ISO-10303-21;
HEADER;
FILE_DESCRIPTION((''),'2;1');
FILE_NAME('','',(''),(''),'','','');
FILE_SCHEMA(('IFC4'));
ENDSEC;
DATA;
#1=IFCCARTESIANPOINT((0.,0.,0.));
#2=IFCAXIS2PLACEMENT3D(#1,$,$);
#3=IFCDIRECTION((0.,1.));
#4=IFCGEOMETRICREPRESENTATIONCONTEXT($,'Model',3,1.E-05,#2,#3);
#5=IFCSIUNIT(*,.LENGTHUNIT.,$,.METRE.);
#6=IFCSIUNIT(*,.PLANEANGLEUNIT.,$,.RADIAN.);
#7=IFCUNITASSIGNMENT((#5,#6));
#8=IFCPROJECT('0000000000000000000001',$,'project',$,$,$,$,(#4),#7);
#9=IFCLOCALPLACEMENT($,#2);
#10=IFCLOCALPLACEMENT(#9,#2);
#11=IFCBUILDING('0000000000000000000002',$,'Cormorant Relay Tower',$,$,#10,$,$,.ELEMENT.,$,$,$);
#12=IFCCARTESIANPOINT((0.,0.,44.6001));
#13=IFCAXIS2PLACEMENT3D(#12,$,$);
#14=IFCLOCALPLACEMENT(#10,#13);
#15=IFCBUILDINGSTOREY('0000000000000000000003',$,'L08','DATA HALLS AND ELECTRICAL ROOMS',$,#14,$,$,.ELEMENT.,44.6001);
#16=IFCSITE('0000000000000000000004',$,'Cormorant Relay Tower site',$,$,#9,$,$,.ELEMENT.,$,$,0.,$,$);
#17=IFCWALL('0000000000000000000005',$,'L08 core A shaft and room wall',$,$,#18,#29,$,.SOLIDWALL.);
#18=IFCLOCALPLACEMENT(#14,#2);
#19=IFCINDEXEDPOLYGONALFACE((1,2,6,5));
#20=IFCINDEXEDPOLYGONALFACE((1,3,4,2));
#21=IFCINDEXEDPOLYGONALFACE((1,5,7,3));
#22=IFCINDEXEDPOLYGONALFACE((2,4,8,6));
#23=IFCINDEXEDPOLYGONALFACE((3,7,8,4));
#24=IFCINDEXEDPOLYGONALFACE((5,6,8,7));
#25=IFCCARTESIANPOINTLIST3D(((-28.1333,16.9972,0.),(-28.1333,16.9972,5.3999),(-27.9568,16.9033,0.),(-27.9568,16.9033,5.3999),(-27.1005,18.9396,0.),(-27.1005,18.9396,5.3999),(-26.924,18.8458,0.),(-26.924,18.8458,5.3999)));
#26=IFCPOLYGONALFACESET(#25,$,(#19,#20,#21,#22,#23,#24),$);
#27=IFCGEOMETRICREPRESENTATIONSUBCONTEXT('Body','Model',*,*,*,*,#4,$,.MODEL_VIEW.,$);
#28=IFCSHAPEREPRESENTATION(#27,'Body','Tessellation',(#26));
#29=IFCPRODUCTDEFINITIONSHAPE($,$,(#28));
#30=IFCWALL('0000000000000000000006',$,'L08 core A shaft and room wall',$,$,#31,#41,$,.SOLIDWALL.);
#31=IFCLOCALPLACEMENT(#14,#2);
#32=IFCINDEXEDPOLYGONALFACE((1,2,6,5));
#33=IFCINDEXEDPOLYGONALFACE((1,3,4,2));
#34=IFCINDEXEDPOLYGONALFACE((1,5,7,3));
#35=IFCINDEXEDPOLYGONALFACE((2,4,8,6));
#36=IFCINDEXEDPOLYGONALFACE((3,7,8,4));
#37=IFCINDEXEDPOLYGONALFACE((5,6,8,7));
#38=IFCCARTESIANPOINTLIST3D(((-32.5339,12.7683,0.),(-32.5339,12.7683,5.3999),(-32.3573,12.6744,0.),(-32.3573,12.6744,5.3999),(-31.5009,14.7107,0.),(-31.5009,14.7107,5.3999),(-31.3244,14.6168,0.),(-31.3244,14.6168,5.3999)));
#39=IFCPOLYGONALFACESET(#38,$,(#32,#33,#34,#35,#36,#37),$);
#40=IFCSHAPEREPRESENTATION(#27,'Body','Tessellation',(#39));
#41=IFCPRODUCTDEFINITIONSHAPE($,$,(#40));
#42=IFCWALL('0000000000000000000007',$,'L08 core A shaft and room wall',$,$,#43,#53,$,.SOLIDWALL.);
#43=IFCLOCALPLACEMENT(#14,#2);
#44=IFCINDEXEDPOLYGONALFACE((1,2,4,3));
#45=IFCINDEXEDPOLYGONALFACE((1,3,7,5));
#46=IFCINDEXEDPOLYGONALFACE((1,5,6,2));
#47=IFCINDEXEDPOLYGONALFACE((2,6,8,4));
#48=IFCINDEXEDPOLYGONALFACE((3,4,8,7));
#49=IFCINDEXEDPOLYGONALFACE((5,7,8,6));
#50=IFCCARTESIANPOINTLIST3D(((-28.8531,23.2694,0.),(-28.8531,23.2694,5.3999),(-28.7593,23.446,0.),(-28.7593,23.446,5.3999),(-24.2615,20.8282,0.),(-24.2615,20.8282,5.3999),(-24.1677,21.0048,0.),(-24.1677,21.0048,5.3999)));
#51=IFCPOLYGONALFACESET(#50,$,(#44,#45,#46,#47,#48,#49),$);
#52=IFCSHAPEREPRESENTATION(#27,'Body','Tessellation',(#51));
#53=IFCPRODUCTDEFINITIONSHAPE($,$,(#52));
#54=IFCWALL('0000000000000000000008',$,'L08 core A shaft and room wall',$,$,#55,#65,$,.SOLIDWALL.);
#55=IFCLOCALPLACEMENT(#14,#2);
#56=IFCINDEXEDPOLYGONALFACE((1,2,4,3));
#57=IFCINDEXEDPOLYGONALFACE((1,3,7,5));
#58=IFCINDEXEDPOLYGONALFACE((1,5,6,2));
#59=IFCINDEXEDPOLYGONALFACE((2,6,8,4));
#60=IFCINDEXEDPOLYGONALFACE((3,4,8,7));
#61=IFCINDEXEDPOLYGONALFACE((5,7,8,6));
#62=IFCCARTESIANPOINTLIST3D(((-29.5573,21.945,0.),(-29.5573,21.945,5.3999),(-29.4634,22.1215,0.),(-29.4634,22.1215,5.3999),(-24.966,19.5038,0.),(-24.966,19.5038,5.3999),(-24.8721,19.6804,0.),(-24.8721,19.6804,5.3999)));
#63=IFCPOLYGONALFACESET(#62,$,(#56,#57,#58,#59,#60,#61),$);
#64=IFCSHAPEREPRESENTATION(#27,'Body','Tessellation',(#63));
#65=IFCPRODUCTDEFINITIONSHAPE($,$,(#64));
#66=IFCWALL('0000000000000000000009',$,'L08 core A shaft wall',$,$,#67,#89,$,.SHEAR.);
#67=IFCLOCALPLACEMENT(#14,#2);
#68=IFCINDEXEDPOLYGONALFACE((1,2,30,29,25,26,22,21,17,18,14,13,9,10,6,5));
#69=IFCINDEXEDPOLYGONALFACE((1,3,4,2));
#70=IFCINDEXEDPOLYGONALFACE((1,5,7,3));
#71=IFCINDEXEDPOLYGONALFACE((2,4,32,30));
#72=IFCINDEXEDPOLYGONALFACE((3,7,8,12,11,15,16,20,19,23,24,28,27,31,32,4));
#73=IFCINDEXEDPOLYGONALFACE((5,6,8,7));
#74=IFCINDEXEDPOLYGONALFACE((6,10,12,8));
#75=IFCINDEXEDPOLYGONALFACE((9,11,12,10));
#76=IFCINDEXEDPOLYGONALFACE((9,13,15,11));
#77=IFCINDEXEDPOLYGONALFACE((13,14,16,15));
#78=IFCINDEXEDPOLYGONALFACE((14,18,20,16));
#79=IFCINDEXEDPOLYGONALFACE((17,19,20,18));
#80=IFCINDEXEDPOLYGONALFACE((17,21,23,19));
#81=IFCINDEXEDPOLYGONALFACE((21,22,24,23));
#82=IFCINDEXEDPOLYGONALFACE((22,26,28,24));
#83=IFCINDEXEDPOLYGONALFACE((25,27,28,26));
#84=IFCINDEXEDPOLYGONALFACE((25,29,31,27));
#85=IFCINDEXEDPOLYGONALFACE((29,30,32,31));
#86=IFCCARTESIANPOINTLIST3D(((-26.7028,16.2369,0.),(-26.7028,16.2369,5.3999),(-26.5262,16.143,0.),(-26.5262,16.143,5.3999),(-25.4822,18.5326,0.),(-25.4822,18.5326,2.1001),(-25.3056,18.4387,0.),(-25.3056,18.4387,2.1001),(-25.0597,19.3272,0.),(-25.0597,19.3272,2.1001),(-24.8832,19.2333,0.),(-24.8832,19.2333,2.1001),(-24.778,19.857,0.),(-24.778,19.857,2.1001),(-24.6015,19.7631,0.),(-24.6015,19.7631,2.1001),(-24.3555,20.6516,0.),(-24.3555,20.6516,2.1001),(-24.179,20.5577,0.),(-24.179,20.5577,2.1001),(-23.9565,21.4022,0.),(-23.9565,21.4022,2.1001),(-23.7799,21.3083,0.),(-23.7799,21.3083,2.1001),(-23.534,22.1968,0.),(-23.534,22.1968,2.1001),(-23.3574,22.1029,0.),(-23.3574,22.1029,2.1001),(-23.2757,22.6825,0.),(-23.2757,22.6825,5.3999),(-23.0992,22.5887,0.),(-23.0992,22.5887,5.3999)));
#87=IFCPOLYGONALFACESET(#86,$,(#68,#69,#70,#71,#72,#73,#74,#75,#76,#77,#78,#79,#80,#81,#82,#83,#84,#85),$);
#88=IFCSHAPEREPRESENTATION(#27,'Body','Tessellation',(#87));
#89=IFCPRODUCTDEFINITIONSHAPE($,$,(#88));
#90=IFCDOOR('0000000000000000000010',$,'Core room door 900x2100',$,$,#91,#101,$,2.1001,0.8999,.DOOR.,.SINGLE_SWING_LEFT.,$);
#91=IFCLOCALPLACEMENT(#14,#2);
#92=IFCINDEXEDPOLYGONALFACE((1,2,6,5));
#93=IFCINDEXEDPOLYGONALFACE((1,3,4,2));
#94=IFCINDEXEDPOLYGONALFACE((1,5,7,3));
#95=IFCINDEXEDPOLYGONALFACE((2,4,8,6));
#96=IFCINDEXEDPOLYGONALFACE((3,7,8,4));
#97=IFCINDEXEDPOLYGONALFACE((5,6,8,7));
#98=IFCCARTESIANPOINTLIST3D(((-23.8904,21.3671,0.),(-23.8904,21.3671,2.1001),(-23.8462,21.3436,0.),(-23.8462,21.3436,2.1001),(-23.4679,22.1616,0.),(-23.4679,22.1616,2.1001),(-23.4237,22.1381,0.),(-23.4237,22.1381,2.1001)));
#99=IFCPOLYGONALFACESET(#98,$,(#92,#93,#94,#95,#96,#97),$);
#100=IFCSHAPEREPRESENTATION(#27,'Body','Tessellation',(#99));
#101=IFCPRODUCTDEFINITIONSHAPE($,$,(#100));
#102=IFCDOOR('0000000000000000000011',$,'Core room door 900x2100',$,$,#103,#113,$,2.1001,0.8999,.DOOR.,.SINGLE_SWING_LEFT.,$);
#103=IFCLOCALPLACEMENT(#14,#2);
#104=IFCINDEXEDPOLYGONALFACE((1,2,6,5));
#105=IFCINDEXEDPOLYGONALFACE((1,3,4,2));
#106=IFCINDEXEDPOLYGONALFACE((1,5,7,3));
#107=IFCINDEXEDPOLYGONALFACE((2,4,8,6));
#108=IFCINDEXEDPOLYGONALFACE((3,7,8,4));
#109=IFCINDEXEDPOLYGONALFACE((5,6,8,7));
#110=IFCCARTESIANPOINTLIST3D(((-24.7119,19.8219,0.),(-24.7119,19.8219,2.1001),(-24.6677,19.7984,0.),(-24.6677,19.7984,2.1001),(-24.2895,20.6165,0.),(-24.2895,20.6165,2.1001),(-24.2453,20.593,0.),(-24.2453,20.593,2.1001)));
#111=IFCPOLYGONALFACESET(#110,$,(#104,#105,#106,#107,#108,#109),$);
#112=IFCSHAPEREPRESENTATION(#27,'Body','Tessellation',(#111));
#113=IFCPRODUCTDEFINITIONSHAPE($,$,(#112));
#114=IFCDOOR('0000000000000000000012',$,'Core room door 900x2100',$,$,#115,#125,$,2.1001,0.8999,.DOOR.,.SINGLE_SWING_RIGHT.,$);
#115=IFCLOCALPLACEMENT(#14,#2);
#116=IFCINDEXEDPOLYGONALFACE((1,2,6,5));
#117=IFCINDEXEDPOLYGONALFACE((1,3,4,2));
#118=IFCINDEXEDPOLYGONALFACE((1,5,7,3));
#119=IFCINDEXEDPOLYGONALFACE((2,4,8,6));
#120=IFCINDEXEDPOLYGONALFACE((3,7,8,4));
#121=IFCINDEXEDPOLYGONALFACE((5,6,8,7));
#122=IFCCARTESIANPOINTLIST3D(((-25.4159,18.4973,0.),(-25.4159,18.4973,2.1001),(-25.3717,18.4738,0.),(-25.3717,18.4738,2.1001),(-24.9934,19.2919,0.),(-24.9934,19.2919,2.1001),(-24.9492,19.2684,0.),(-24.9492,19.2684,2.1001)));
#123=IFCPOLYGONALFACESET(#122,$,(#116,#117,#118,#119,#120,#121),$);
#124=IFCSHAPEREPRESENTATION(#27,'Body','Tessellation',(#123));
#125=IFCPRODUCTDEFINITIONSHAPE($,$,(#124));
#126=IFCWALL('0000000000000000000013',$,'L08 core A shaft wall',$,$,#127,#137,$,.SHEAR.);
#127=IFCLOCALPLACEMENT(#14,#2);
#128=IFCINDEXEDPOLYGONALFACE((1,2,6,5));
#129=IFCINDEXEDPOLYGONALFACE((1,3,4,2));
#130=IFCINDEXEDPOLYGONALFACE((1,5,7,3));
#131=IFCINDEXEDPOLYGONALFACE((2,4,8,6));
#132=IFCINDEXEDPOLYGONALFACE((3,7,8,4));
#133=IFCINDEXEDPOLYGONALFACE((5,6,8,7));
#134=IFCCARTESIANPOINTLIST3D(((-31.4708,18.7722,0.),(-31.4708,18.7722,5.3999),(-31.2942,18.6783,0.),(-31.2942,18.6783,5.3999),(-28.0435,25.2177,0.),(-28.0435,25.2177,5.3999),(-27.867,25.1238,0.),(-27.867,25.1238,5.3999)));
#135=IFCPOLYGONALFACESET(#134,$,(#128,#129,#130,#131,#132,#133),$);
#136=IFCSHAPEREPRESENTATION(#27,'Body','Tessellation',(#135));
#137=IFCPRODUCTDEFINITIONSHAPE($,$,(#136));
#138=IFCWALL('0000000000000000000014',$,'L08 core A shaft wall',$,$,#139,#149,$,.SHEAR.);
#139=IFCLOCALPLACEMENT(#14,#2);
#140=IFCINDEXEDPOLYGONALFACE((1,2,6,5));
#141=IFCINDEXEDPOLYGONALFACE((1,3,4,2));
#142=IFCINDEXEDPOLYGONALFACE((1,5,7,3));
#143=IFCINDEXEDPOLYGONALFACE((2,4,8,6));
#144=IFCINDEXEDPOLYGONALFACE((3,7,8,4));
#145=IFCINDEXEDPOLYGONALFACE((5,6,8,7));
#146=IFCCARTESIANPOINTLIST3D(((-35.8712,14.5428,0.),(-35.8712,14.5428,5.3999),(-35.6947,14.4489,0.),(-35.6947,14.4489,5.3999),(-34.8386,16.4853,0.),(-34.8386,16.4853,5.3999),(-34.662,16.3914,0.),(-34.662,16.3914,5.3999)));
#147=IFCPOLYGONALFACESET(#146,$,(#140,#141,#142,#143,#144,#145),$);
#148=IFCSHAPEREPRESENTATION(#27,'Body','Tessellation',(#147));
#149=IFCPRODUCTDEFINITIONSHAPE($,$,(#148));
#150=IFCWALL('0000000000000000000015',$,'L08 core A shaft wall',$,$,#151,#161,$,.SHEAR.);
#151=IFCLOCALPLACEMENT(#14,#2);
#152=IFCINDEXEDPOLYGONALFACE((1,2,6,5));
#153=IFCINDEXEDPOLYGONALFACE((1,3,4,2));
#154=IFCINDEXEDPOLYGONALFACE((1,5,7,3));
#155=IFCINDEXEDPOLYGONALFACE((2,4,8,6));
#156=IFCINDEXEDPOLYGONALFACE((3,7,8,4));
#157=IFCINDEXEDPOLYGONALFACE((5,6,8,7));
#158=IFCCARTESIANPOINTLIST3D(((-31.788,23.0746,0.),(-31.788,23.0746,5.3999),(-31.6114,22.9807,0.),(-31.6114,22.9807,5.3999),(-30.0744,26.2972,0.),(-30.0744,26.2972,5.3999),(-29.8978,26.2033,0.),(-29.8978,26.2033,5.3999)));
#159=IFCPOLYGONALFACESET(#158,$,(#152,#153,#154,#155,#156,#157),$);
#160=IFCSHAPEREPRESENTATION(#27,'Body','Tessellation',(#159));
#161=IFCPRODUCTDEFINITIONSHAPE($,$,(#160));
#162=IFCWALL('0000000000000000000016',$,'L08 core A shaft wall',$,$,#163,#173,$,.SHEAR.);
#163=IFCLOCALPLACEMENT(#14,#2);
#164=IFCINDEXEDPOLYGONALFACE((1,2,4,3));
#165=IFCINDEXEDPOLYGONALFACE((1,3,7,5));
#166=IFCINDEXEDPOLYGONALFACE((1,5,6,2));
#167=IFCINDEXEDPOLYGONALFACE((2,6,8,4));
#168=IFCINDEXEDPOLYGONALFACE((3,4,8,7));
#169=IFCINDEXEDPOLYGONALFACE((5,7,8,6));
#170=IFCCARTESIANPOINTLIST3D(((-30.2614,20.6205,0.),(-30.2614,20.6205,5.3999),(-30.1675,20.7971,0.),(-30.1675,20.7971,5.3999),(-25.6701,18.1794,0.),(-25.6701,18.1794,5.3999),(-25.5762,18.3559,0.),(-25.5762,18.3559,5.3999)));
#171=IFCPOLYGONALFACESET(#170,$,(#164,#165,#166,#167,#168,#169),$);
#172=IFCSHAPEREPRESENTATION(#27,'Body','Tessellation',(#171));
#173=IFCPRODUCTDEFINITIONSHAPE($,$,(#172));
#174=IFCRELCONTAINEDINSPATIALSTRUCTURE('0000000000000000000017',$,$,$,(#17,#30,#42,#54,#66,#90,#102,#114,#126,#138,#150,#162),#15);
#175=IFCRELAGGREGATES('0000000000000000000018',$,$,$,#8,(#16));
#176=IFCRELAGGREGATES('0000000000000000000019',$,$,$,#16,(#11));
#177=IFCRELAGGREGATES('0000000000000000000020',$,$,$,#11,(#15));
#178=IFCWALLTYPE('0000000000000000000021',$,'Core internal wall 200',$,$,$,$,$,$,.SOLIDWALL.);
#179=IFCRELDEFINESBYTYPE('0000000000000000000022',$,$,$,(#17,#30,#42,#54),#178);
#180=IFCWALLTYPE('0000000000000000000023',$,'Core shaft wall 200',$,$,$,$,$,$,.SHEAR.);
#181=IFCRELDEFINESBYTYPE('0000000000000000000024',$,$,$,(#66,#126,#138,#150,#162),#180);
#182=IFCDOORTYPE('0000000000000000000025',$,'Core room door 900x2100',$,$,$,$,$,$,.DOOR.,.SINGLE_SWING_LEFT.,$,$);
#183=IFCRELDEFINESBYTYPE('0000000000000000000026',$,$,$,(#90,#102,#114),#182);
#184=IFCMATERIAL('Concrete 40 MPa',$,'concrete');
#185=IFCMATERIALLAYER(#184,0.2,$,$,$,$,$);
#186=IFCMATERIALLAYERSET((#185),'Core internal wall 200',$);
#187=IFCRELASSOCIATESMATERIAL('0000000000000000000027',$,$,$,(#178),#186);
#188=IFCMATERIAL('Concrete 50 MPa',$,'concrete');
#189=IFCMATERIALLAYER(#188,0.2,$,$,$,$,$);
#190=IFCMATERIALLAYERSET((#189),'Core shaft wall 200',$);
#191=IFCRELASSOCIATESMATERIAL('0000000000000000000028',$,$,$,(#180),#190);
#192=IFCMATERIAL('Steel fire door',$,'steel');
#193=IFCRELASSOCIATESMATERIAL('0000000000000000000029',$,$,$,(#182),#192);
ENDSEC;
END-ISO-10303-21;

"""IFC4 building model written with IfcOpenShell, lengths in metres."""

from ifc_helpers import new_model, si_unit, direction, frame, frame_2d, origin, place, context, subcontext, project, spatial, rectangle, extrude, material, layer, layer_set, type_object, element, fill, save


model = new_model("IFC4")

# Units and contexts
model_context = context("Model", 3, precision=1e-05, world=origin(), true_north=direction((0.0, 1.0)))
body_context = subcontext(model_context, "Body", "Model", "MODEL_VIEW")
ifc_project = project(units=[si_unit("LENGTHUNIT", "METRE"), si_unit("PLANEANGLEUNIT", "RADIAN")], contexts=[model_context])

# Site, building, storey
site_placement = place(None, origin())
site = spatial("IfcSite", under=ifc_project, at=site_placement, Name="Cormorant Relay Tower site", CompositionType="ELEMENT", RefElevation=0.0)
building_placement = place(site_placement, origin())
building = spatial("IfcBuilding", under=site, at=building_placement, Name="Cormorant Relay Tower", CompositionType="ELEMENT")
storey_placement = place(building_placement, frame((0.0, 0.0, 44.6001)))
storey = spatial("IfcBuildingStorey", under=building, at=storey_placement, Name="L08", Description="DATA HALLS AND ELECTRICAL ROOMS", CompositionType="ELEMENT", Elevation=44.6001)

# Walls
ifc_material_1 = material(Name="Concrete 40 MPa", Category="concrete")
ifc_layer_1 = layer(ifc_material_1, 0.2)
ifc_layer_set_1 = layer_set([ifc_layer_1], Name="Core internal wall 200")
wall_type_1 = type_object("IfcWallType", Name="Core internal wall 200", PredefinedType="SOLIDWALL", material=ifc_layer_set_1)
for number, where, z_axis, x_axis, name in (
    (1, (-27.0122, 18.8928, 0.0), (0.0, 0.0, 1.0), (-0.469447, -0.88296, 0.0), "L08 core A shaft and room wall"),
    (2, (-31.4126, 14.6638, 0.0), (0.0, 0.0, 1.0), (-0.469534, -0.882914, 0.0), "L08 core A shaft and room wall"),
):
    element("IfcWall", number, at=place(storey_placement, frame(where, z_axis=z_axis, x_axis=x_axis)), inside=storey, type_object=wall_type_1, Name=name, PredefinedType="SOLIDWALL", context=body_context, shape_type="SweptSolid", body=[
        extrude(rectangle(XDim=2.2, YDim=0.2, at=frame_2d((1.1001, 0.0))), origin(), (0.0, 0.0, 1.0), 5.3999),
    ])
wall_1_placement = place(storey_placement, frame((-24.2146, 20.9165, 0.0), z_axis=(0.0, 0.0, 1.0), x_axis=(-0.882964, 0.46944, 0.0)))
element("IfcWall", 3, at=wall_1_placement, inside=storey, type_object=wall_type_1, Name="L08 core A shaft and room wall", PredefinedType="SOLIDWALL", context=body_context, shape_type="SweptSolid", body=[
    extrude(rectangle(XDim=5.2002, YDim=0.2, at=frame_2d((2.6001, 0.0))), origin(), (0.0, 0.0, 1.0), 5.3999),
])
wall_2_placement = place(storey_placement, frame((-24.9189, 19.592, 0.0), z_axis=(0.0, 0.0, 1.0), x_axis=(-0.882954, 0.46946, 0.0)))
element("IfcWall", 4, at=wall_2_placement, inside=storey, type_object=wall_type_1, Name="L08 core A shaft and room wall", PredefinedType="SOLIDWALL", context=body_context, shape_type="SweptSolid", body=[
    extrude(rectangle(XDim=5.2, YDim=0.2, at=frame_2d((2.6001, 0.0))), origin(), (0.0, 0.0, 1.0), 5.3999),
])

# Wall, openings, doors
ifc_material_2 = material(Name="Concrete 50 MPa", Category="concrete")
ifc_layer_2 = layer(ifc_material_2, 0.2)
ifc_layer_set_2 = layer_set([ifc_layer_2], Name="Core shaft wall 200")
wall_type_2 = type_object("IfcWallType", Name="Core shaft wall 200", PredefinedType="SHEAR", material=ifc_layer_set_2)
wall_3_placement = place(storey_placement, frame((-23.1875, 22.6355, 0.0), z_axis=(0.0, 0.0, 1.0), x_axis=(-0.469454, -0.882957, 0.0)))
wall_3 = element("IfcWall", 5, at=wall_3_placement, inside=storey, type_object=wall_type_2, Name="L08 core A shaft wall", PredefinedType="SHEAR", context=body_context, shape_type="SweptSolid", body=[
    extrude(rectangle(XDim=7.3, YDim=0.2, at=frame_2d((3.6499, 0.0))), origin(), (0.0, 0.0, 1.0), 5.3999),
])
opening_1_placement = place(wall_3_placement, frame((0.55, 0.0, 0.0)))
opening_1 = element("IfcOpeningElement", 6, at=opening_1_placement, cuts=wall_3, PredefinedType="OPENING", context=body_context, shape_type="SweptSolid", body=[
    extrude(rectangle(XDim=0.8999, YDim=2.1001, at=frame_2d((0.45, 1.05))), frame((0.0, 0.1099, 0.0), z_axis=(0.0, -1.0, 0.0), x_axis=(1.0, 0.0, 0.0)), (0.0, 0.0, 1.0), 0.22),
])
opening_2_placement = place(wall_3_placement, frame((2.3, 0.0, 0.0)))
opening_2 = element("IfcOpeningElement", 7, at=opening_2_placement, cuts=wall_3, PredefinedType="OPENING", context=body_context, shape_type="SweptSolid", body=[
    extrude(rectangle(XDim=0.8999, YDim=2.1001, at=frame_2d((0.45, 1.05))), frame((0.0, 0.1099, 0.0), z_axis=(0.0, -1.0, 0.0), x_axis=(1.0, 0.0, 0.0)), (0.0, 0.0, 1.0), 0.22),
])
opening_3_placement = place(wall_3_placement, frame((3.8, 0.0, 0.0)))
opening_3 = element("IfcOpeningElement", 8, at=opening_3_placement, cuts=wall_3, PredefinedType="OPENING", context=body_context, shape_type="SweptSolid", body=[
    extrude(rectangle(XDim=0.8999, YDim=2.1001, at=frame_2d((0.45, 1.05))), frame((0.0, 0.1099, 0.0), z_axis=(0.0, -1.0, 0.0), x_axis=(1.0, 0.0, 0.0)), (0.0, 0.0, 1.0), 0.22),
])
ifc_material_3 = material(Name="Steel fire door", Category="steel")
door_type_1 = type_object("IfcDoorType", Name="Core room door 900x2100", OperationType="SINGLE_SWING_LEFT", PredefinedType="DOOR", material=ifc_material_3)
door_1_placement = place(opening_1_placement, origin())
door_1 = element("IfcDoor", 9, at=door_1_placement, inside=storey, type_object=door_type_1, Name="Core room door 900x2100", OperationType="SINGLE_SWING_LEFT", OverallHeight=2.1001, OverallWidth=0.8999, PredefinedType="DOOR", context=body_context, shape_type="SweptSolid", body=[
    extrude(rectangle(XDim=0.8999, YDim=2.1001, at=frame_2d((0.45, 1.05))), frame((0.0, 0.0249, 0.0), z_axis=(0.0, -1.0, 0.0), x_axis=(1.0, 0.0, 0.0)), (0.0, 0.0, 1.0), 0.05),
])
fill(opening_1, door_1)
door_2_placement = place(opening_2_placement, origin())
door_2 = element("IfcDoor", 10, at=door_2_placement, inside=storey, type_object=door_type_1, Name="Core room door 900x2100", OperationType="SINGLE_SWING_LEFT", OverallHeight=2.1001, OverallWidth=0.8999, PredefinedType="DOOR", context=body_context, shape_type="SweptSolid", body=[
    extrude(rectangle(XDim=0.8999, YDim=2.1001, at=frame_2d((0.45, 1.05))), frame((0.0, 0.0249, 0.0), z_axis=(0.0, -1.0, 0.0), x_axis=(1.0, 0.0, 0.0)), (0.0, 0.0, 1.0), 0.05),
])
fill(opening_2, door_2)
door_3_placement = place(opening_3_placement, frame((0.8999, 0.0, 0.0), z_axis=(0.0, 0.0, 1.0), x_axis=(-1.0, 0.0, 0.0)))
door_3 = element("IfcDoor", 11, at=door_3_placement, inside=storey, type_object=door_type_1, Name="Core room door 900x2100", OperationType="SINGLE_SWING_RIGHT", OverallHeight=2.1001, OverallWidth=0.8999, PredefinedType="DOOR", context=body_context, shape_type="SweptSolid", body=[
    extrude(rectangle(XDim=0.8999, YDim=2.1001, at=frame_2d((0.45, 1.05))), frame((0.0, 0.0249, 0.0), z_axis=(0.0, -1.0, 0.0), x_axis=(1.0, 0.0, 0.0)), (0.0, 0.0, 1.0), 0.05),
])
fill(opening_3, door_3)

# Walls
wall_4_placement = place(storey_placement, frame((-27.9553, 25.1707, 0.0), z_axis=(0.0, 0.0, 1.0), x_axis=(-0.46948, -0.882943, 0.0)))
element("IfcWall", 12, at=wall_4_placement, inside=storey, type_object=wall_type_2, Name="L08 core A shaft wall", PredefinedType="SHEAR", context=body_context, shape_type="SweptSolid", body=[
    extrude(rectangle(XDim=7.3, YDim=0.2, at=frame_2d((3.6499, 0.0))), origin(), (0.0, 0.0, 1.0), 5.3999),
])
wall_5_placement = place(storey_placement, frame((-34.7502, 16.4385, 0.0), z_axis=(0.0, 0.0, 1.0), x_axis=(-0.469401, -0.882985, 0.0)))
element("IfcWall", 13, at=wall_5_placement, inside=storey, type_object=wall_type_2, Name="L08 core A shaft wall", PredefinedType="SHEAR", context=body_context, shape_type="SweptSolid", body=[
    extrude(rectangle(XDim=2.2, YDim=0.2, at=frame_2d((1.1001, 0.0))), origin(), (0.0, 0.0, 1.0), 5.3999),
])
wall_6_placement = place(storey_placement, frame((-29.9861, 26.2502, 0.0), z_axis=(0.0, 0.0, 1.0), x_axis=(-0.469494, -0.882936, 0.0)))
element("IfcWall", 14, at=wall_6_placement, inside=storey, type_object=wall_type_2, Name="L08 core A shaft wall", PredefinedType="SHEAR", context=body_context, shape_type="SweptSolid", body=[
    extrude(rectangle(XDim=3.6499, YDim=0.2, at=frame_2d((1.825, 0.0))), origin(), (0.0, 0.0, 1.0), 5.3999),
])

# Wall
wall_7_placement = place(storey_placement, frame((-25.623, 18.2676, 0.0), z_axis=(0.0, 0.0, 1.0), x_axis=(-0.882954, 0.46946, 0.0)))
element("IfcWall", 15, at=wall_7_placement, inside=storey, type_object=wall_type_2, Name="L08 core A shaft wall", PredefinedType="SHEAR", context=body_context, shape_type="SweptSolid", body=[
    extrude(rectangle(XDim=5.2, YDim=0.2, at=frame_2d((2.6001, 0.0))), origin(), (0.0, 0.0, 1.0), 5.3999),
])

save(model, "model.ifc")
